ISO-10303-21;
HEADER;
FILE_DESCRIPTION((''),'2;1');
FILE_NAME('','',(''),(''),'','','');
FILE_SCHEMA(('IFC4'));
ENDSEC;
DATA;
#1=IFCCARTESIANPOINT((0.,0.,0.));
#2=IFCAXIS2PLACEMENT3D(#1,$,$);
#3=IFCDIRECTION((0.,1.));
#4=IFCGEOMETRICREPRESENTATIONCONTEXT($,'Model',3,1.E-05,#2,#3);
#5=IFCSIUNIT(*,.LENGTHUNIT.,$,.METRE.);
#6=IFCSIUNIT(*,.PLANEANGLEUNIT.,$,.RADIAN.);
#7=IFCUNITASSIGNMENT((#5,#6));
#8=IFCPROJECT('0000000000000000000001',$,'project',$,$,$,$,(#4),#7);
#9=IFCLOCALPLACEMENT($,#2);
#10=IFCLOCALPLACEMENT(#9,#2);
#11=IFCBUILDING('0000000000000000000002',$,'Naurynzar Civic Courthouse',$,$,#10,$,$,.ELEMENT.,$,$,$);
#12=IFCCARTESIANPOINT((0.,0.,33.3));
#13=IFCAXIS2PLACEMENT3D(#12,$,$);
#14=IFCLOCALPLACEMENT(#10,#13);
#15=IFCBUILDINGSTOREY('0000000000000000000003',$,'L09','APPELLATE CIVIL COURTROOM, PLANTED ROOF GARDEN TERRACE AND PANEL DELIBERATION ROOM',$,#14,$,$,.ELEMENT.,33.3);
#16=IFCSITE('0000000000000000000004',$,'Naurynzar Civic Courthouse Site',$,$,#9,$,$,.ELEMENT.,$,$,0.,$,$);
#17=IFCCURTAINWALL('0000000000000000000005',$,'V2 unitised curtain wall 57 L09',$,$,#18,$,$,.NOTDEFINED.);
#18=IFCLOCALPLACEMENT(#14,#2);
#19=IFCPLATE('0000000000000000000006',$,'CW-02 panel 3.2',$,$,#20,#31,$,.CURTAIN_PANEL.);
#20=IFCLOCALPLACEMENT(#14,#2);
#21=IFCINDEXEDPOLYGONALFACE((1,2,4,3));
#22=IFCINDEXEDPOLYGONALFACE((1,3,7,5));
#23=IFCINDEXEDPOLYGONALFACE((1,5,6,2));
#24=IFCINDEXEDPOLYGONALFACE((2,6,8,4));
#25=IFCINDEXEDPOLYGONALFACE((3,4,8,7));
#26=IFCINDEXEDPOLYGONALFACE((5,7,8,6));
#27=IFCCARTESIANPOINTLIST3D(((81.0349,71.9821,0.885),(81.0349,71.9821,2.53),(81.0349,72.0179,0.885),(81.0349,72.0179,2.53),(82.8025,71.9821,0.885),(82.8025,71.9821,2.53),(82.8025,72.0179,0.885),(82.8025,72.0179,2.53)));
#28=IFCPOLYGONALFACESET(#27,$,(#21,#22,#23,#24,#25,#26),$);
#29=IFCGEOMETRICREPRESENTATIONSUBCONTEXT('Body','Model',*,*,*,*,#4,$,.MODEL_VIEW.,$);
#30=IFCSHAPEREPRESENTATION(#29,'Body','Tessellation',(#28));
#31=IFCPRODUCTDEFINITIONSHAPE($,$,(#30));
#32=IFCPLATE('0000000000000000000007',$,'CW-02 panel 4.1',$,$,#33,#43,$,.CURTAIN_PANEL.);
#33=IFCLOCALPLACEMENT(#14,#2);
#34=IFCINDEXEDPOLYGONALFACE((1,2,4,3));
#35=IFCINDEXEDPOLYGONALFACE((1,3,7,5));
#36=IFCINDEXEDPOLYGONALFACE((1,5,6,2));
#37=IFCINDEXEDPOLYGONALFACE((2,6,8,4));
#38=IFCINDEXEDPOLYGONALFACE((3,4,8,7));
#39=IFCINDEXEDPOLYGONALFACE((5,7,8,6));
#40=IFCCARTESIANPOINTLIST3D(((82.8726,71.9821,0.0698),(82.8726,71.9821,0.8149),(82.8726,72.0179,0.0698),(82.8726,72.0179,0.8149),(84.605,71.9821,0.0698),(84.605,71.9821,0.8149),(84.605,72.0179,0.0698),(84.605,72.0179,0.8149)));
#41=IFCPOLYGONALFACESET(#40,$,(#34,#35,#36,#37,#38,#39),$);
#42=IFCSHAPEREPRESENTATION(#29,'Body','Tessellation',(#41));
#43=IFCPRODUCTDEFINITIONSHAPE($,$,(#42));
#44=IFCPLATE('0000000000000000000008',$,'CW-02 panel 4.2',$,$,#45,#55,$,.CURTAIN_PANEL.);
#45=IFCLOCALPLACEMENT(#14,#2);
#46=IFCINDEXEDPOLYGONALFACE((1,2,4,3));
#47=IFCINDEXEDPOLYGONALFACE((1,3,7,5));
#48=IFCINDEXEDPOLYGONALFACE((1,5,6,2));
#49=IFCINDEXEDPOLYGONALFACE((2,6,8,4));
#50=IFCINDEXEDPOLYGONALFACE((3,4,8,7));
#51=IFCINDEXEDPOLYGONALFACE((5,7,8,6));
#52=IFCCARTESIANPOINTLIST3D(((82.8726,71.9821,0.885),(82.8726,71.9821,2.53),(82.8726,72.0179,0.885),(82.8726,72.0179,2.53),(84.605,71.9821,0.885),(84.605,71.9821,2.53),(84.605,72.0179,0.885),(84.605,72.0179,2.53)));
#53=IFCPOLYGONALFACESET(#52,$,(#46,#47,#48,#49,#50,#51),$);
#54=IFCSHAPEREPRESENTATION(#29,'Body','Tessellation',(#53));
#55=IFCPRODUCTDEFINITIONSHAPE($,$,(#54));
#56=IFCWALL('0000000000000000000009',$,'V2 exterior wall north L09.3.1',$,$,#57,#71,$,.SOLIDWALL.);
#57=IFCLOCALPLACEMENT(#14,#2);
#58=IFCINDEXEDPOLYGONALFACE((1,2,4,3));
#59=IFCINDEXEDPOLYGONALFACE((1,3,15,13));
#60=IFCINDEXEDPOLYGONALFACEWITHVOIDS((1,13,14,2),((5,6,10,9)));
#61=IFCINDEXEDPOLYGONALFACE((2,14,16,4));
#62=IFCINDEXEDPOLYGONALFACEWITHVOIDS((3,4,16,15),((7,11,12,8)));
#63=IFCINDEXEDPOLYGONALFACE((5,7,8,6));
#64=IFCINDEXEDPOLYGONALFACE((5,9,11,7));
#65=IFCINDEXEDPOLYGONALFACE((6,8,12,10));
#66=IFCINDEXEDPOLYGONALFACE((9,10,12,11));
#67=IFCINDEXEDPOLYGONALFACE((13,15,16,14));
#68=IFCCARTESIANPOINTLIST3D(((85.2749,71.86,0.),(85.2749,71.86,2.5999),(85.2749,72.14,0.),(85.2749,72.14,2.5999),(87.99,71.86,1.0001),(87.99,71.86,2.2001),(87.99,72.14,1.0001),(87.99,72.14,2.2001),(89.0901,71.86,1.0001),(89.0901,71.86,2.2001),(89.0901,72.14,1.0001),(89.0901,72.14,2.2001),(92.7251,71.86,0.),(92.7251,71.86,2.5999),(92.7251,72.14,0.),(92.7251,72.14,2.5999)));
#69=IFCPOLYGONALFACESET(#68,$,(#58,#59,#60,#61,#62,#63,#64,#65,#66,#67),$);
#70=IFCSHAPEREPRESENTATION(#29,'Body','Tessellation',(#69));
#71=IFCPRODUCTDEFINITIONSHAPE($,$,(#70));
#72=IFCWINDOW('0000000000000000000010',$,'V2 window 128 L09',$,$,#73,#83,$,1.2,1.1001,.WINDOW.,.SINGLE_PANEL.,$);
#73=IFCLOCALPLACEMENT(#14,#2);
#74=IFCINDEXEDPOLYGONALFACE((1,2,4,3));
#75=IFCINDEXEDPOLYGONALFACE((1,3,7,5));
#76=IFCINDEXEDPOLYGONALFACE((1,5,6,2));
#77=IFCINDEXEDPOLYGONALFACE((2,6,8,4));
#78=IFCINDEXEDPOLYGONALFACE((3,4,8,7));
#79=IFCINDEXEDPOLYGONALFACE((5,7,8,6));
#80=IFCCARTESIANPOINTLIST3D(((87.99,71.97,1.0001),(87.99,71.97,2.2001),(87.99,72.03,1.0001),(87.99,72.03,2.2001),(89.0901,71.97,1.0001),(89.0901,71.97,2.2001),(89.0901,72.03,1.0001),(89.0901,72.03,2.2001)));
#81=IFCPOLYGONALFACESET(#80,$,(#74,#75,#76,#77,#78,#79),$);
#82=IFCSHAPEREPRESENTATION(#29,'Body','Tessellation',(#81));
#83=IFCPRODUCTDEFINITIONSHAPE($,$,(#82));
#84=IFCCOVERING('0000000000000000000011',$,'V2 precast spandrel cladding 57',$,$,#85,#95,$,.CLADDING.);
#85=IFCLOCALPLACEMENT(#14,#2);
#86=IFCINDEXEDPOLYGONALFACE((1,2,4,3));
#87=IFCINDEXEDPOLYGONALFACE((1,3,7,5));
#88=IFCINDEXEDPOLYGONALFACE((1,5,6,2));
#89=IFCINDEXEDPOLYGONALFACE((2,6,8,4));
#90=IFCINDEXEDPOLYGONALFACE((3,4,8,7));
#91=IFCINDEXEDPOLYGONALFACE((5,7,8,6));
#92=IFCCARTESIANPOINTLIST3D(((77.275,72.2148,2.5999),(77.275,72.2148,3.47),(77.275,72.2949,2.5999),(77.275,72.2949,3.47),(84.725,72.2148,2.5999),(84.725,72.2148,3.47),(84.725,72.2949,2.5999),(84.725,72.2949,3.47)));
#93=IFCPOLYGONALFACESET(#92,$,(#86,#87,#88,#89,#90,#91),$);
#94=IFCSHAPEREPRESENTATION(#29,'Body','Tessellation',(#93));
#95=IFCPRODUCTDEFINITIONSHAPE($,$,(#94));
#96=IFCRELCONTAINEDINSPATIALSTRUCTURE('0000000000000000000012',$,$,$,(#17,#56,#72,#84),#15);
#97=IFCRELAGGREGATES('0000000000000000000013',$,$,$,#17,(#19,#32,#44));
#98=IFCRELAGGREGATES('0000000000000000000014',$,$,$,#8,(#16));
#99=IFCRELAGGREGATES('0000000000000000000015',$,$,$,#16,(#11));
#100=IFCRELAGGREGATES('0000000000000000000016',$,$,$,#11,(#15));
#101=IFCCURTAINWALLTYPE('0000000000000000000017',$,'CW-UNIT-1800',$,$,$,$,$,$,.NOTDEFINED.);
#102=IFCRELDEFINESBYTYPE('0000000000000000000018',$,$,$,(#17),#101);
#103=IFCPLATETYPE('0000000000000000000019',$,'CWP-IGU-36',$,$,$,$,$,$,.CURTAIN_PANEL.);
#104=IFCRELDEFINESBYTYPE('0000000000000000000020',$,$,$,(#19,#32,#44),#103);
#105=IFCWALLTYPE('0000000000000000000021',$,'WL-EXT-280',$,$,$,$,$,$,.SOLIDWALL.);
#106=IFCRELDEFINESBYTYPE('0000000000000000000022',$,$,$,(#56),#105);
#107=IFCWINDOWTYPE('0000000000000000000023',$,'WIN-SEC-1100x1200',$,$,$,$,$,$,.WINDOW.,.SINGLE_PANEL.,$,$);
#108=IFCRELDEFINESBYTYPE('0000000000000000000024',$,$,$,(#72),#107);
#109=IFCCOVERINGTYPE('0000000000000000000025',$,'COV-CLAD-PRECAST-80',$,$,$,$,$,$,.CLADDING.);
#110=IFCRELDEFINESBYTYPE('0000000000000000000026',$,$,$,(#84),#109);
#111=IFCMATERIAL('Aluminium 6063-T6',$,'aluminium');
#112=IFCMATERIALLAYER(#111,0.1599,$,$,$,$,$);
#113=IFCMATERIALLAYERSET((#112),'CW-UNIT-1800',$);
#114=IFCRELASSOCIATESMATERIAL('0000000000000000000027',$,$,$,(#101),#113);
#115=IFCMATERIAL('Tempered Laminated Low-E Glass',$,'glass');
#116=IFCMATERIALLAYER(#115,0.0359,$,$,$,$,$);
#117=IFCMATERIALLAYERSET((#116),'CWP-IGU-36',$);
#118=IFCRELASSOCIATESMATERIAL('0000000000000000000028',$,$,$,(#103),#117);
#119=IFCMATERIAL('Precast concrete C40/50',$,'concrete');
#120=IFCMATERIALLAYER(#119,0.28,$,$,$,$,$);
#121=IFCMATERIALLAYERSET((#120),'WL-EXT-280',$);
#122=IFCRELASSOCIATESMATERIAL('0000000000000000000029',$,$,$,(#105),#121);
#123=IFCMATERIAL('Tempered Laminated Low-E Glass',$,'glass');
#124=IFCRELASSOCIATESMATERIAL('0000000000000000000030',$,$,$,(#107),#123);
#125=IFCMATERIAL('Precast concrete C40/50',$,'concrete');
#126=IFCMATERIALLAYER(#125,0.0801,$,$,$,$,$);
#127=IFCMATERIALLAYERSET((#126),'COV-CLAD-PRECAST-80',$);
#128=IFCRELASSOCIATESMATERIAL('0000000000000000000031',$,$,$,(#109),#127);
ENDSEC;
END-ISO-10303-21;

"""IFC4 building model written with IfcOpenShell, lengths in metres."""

from ifc_helpers import new_model, si_unit, direction, frame, frame_2d, origin, origin_2d, place, context, subcontext, project, spatial, rectangle, extrude, material, layer, layer_set, type_object, element, fill, aggregate, save


model = new_model("IFC4")

# Units and contexts
model_context = context("Model", 3, precision=1e-05, world=origin(), true_north=direction((0.0, 1.0)))
body_context = subcontext(model_context, "Body", "Model", "MODEL_VIEW")
ifc_project = project(units=[si_unit("LENGTHUNIT", "METRE"), si_unit("PLANEANGLEUNIT", "RADIAN")], contexts=[model_context])

# Site, building, storey
site_placement = place(None, origin())
site = spatial("IfcSite", under=ifc_project, at=site_placement, Name="Naurynzar Civic Courthouse Site", CompositionType="ELEMENT", RefElevation=0.0)
building_placement = place(site_placement, origin())
building = spatial("IfcBuilding", under=site, at=building_placement, Name="Naurynzar Civic Courthouse", CompositionType="ELEMENT")
storey_placement = place(building_placement, frame((0.0, 0.0, 33.3)))
storey = spatial("IfcBuildingStorey", under=building, at=storey_placement, Name="L09", Description="APPELLATE CIVIL COURTROOM, PLANTED ROOF GARDEN TERRACE AND PANEL DELIBERATION ROOM", CompositionType="ELEMENT", Elevation=33.3)

# Curtain wall, plates
ifc_material_1 = material(Name="Aluminium 6063-T6", Category="aluminium")
ifc_layer_1 = layer(ifc_material_1, 0.1599)
ifc_layer_set_1 = layer_set([ifc_layer_1], Name="CW-UNIT-1800")
curtain_wall_type = type_object("IfcCurtainWallType", Name="CW-UNIT-1800", PredefinedType="NOTDEFINED", material=ifc_layer_set_1)
curtain_wall_placement = place(storey_placement, origin())
curtain_wall = element("IfcCurtainWall", 1, at=curtain_wall_placement, inside=storey, type_object=curtain_wall_type, Name="V2 unitised curtain wall 57 L09", PredefinedType="NOTDEFINED")
ifc_material_2 = material(Name="Tempered Laminated Low-E Glass", Category="glass")
ifc_layer_2 = layer(ifc_material_2, 0.0359)
ifc_layer_set_2 = layer_set([ifc_layer_2], Name="CWP-IGU-36")
plate_type = type_object("IfcPlateType", Name="CWP-IGU-36", PredefinedType="CURTAIN_PANEL", material=ifc_layer_set_2)
plate_1_placement = place(storey_placement, frame((81.9187, 72.0, 0.885), z_axis=(0.0, 0.0, 1.0), x_axis=(1.0, 0.0, 0.0)))
plate_1 = element("IfcPlate", 2, at=plate_1_placement, type_object=plate_type, Name="CW-02 panel 3.2", PredefinedType="CURTAIN_PANEL", context=body_context, shape_type="SweptSolid", body=[
    extrude(rectangle(XDim=1.7676, YDim=0.0359, at=origin_2d()), origin(), (0.0, 0.0, 1.0), 1.645),
])
plate_2_placement = place(storey_placement, frame((83.7388, 72.0, 0.0698), z_axis=(0.0, 0.0, 1.0), x_axis=(1.0, 0.0, 0.0)))
plate_2 = element("IfcPlate", 3, at=plate_2_placement, type_object=plate_type, Name="CW-02 panel 4.1", PredefinedType="CURTAIN_PANEL", context=body_context, shape_type="SweptSolid", body=[
    extrude(rectangle(XDim=1.7324, YDim=0.0359, at=origin_2d()), origin(), (0.0, 0.0, 1.0), 0.7451),
])
plate_3_placement = place(storey_placement, frame((83.7388, 72.0, 0.885), z_axis=(0.0, 0.0, 1.0), x_axis=(1.0, 0.0, 0.0)))
plate_3 = element("IfcPlate", 4, at=plate_3_placement, type_object=plate_type, Name="CW-02 panel 4.2", PredefinedType="CURTAIN_PANEL", context=body_context, shape_type="SweptSolid", body=[
    extrude(rectangle(XDim=1.7324, YDim=0.0359, at=origin_2d()), origin(), (0.0, 0.0, 1.0), 1.645),
])
aggregate(curtain_wall, [plate_1, plate_2, plate_3])

# Wall, opening, window
ifc_material_3 = material(Name="Precast concrete C40/50", Category="concrete")
ifc_layer_3 = layer(ifc_material_3, 0.28)
ifc_layer_set_3 = layer_set([ifc_layer_3], Name="WL-EXT-280")
wall_type = type_object("IfcWallType", Name="WL-EXT-280", PredefinedType="SOLIDWALL", material=ifc_layer_set_3)
wall_placement = place(storey_placement, frame((85.2749, 72.0, 0.0), z_axis=(0.0, 0.0, 1.0), x_axis=(1.0, 0.0, 0.0)))
wall = element("IfcWall", 5, at=wall_placement, inside=storey, type_object=wall_type, Name="V2 exterior wall north L09.3.1", PredefinedType="SOLIDWALL", context=body_context, shape_type="SweptSolid", body=[
    extrude(rectangle(XDim=7.4502, YDim=0.28, at=frame_2d((3.7251, 0.0))), origin(), (0.0, 0.0, 1.0), 2.5999),
])
opening_placement = place(wall_placement, frame((2.7151, 0.0, 1.0)))
opening = element("IfcOpeningElement", 6, at=opening_placement, cuts=wall, PredefinedType="OPENING", context=body_context, shape_type="SweptSolid", body=[
    extrude(rectangle(XDim=1.1001, YDim=1.2, at=frame_2d((0.55, 0.6001))), frame((0.0, 0.1499, 0.0), z_axis=(0.0, -1.0, 0.0), x_axis=(1.0, 0.0, 0.0)), (0.0, 0.0, 1.0), 0.3),
])
ifc_material_4 = material(Name="Tempered Laminated Low-E Glass", Category="glass")
window_type = type_object("IfcWindowType", Name="WIN-SEC-1100x1200", PartitioningType="SINGLE_PANEL", PredefinedType="WINDOW", material=ifc_material_4)
window_placement = place(opening_placement, origin())
window = element("IfcWindow", 7, at=window_placement, inside=storey, type_object=window_type, Name="V2 window 128 L09", OverallHeight=1.2, OverallWidth=1.1001, PartitioningType="SINGLE_PANEL", PredefinedType="WINDOW", context=body_context, shape_type="SweptSolid", body=[
    extrude(rectangle(XDim=1.1001, YDim=1.2, at=frame_2d((0.55, 0.6001))), frame((0.0, 0.03, 0.0), z_axis=(0.0, -1.0, 0.0), x_axis=(1.0, 0.0, 0.0)), (0.0, 0.0, 1.0), 0.0601),
])
fill(opening, window)

# Covering
ifc_material_5 = material(Name="Precast concrete C40/50", Category="concrete")
ifc_layer_4 = layer(ifc_material_5, 0.0801)
ifc_layer_set_4 = layer_set([ifc_layer_4], Name="COV-CLAD-PRECAST-80")
covering_type = type_object("IfcCoveringType", Name="COV-CLAD-PRECAST-80", PredefinedType="CLADDING", material=ifc_layer_set_4)
covering_placement = place(storey_placement, frame((81.0, 72.2549, 2.5999), z_axis=(0.0, 0.0, 1.0), x_axis=(1.0, 0.0, 0.0)))
element("IfcCovering", 8, at=covering_placement, inside=storey, type_object=covering_type, Name="V2 precast spandrel cladding 57", PredefinedType="CLADDING", context=body_context, shape_type="SweptSolid", body=[
    extrude(rectangle(XDim=7.45, YDim=0.0801, at=origin_2d()), origin(), (0.0, 0.0, 1.0), 0.8701),
])

save(model, "model.ifc")
